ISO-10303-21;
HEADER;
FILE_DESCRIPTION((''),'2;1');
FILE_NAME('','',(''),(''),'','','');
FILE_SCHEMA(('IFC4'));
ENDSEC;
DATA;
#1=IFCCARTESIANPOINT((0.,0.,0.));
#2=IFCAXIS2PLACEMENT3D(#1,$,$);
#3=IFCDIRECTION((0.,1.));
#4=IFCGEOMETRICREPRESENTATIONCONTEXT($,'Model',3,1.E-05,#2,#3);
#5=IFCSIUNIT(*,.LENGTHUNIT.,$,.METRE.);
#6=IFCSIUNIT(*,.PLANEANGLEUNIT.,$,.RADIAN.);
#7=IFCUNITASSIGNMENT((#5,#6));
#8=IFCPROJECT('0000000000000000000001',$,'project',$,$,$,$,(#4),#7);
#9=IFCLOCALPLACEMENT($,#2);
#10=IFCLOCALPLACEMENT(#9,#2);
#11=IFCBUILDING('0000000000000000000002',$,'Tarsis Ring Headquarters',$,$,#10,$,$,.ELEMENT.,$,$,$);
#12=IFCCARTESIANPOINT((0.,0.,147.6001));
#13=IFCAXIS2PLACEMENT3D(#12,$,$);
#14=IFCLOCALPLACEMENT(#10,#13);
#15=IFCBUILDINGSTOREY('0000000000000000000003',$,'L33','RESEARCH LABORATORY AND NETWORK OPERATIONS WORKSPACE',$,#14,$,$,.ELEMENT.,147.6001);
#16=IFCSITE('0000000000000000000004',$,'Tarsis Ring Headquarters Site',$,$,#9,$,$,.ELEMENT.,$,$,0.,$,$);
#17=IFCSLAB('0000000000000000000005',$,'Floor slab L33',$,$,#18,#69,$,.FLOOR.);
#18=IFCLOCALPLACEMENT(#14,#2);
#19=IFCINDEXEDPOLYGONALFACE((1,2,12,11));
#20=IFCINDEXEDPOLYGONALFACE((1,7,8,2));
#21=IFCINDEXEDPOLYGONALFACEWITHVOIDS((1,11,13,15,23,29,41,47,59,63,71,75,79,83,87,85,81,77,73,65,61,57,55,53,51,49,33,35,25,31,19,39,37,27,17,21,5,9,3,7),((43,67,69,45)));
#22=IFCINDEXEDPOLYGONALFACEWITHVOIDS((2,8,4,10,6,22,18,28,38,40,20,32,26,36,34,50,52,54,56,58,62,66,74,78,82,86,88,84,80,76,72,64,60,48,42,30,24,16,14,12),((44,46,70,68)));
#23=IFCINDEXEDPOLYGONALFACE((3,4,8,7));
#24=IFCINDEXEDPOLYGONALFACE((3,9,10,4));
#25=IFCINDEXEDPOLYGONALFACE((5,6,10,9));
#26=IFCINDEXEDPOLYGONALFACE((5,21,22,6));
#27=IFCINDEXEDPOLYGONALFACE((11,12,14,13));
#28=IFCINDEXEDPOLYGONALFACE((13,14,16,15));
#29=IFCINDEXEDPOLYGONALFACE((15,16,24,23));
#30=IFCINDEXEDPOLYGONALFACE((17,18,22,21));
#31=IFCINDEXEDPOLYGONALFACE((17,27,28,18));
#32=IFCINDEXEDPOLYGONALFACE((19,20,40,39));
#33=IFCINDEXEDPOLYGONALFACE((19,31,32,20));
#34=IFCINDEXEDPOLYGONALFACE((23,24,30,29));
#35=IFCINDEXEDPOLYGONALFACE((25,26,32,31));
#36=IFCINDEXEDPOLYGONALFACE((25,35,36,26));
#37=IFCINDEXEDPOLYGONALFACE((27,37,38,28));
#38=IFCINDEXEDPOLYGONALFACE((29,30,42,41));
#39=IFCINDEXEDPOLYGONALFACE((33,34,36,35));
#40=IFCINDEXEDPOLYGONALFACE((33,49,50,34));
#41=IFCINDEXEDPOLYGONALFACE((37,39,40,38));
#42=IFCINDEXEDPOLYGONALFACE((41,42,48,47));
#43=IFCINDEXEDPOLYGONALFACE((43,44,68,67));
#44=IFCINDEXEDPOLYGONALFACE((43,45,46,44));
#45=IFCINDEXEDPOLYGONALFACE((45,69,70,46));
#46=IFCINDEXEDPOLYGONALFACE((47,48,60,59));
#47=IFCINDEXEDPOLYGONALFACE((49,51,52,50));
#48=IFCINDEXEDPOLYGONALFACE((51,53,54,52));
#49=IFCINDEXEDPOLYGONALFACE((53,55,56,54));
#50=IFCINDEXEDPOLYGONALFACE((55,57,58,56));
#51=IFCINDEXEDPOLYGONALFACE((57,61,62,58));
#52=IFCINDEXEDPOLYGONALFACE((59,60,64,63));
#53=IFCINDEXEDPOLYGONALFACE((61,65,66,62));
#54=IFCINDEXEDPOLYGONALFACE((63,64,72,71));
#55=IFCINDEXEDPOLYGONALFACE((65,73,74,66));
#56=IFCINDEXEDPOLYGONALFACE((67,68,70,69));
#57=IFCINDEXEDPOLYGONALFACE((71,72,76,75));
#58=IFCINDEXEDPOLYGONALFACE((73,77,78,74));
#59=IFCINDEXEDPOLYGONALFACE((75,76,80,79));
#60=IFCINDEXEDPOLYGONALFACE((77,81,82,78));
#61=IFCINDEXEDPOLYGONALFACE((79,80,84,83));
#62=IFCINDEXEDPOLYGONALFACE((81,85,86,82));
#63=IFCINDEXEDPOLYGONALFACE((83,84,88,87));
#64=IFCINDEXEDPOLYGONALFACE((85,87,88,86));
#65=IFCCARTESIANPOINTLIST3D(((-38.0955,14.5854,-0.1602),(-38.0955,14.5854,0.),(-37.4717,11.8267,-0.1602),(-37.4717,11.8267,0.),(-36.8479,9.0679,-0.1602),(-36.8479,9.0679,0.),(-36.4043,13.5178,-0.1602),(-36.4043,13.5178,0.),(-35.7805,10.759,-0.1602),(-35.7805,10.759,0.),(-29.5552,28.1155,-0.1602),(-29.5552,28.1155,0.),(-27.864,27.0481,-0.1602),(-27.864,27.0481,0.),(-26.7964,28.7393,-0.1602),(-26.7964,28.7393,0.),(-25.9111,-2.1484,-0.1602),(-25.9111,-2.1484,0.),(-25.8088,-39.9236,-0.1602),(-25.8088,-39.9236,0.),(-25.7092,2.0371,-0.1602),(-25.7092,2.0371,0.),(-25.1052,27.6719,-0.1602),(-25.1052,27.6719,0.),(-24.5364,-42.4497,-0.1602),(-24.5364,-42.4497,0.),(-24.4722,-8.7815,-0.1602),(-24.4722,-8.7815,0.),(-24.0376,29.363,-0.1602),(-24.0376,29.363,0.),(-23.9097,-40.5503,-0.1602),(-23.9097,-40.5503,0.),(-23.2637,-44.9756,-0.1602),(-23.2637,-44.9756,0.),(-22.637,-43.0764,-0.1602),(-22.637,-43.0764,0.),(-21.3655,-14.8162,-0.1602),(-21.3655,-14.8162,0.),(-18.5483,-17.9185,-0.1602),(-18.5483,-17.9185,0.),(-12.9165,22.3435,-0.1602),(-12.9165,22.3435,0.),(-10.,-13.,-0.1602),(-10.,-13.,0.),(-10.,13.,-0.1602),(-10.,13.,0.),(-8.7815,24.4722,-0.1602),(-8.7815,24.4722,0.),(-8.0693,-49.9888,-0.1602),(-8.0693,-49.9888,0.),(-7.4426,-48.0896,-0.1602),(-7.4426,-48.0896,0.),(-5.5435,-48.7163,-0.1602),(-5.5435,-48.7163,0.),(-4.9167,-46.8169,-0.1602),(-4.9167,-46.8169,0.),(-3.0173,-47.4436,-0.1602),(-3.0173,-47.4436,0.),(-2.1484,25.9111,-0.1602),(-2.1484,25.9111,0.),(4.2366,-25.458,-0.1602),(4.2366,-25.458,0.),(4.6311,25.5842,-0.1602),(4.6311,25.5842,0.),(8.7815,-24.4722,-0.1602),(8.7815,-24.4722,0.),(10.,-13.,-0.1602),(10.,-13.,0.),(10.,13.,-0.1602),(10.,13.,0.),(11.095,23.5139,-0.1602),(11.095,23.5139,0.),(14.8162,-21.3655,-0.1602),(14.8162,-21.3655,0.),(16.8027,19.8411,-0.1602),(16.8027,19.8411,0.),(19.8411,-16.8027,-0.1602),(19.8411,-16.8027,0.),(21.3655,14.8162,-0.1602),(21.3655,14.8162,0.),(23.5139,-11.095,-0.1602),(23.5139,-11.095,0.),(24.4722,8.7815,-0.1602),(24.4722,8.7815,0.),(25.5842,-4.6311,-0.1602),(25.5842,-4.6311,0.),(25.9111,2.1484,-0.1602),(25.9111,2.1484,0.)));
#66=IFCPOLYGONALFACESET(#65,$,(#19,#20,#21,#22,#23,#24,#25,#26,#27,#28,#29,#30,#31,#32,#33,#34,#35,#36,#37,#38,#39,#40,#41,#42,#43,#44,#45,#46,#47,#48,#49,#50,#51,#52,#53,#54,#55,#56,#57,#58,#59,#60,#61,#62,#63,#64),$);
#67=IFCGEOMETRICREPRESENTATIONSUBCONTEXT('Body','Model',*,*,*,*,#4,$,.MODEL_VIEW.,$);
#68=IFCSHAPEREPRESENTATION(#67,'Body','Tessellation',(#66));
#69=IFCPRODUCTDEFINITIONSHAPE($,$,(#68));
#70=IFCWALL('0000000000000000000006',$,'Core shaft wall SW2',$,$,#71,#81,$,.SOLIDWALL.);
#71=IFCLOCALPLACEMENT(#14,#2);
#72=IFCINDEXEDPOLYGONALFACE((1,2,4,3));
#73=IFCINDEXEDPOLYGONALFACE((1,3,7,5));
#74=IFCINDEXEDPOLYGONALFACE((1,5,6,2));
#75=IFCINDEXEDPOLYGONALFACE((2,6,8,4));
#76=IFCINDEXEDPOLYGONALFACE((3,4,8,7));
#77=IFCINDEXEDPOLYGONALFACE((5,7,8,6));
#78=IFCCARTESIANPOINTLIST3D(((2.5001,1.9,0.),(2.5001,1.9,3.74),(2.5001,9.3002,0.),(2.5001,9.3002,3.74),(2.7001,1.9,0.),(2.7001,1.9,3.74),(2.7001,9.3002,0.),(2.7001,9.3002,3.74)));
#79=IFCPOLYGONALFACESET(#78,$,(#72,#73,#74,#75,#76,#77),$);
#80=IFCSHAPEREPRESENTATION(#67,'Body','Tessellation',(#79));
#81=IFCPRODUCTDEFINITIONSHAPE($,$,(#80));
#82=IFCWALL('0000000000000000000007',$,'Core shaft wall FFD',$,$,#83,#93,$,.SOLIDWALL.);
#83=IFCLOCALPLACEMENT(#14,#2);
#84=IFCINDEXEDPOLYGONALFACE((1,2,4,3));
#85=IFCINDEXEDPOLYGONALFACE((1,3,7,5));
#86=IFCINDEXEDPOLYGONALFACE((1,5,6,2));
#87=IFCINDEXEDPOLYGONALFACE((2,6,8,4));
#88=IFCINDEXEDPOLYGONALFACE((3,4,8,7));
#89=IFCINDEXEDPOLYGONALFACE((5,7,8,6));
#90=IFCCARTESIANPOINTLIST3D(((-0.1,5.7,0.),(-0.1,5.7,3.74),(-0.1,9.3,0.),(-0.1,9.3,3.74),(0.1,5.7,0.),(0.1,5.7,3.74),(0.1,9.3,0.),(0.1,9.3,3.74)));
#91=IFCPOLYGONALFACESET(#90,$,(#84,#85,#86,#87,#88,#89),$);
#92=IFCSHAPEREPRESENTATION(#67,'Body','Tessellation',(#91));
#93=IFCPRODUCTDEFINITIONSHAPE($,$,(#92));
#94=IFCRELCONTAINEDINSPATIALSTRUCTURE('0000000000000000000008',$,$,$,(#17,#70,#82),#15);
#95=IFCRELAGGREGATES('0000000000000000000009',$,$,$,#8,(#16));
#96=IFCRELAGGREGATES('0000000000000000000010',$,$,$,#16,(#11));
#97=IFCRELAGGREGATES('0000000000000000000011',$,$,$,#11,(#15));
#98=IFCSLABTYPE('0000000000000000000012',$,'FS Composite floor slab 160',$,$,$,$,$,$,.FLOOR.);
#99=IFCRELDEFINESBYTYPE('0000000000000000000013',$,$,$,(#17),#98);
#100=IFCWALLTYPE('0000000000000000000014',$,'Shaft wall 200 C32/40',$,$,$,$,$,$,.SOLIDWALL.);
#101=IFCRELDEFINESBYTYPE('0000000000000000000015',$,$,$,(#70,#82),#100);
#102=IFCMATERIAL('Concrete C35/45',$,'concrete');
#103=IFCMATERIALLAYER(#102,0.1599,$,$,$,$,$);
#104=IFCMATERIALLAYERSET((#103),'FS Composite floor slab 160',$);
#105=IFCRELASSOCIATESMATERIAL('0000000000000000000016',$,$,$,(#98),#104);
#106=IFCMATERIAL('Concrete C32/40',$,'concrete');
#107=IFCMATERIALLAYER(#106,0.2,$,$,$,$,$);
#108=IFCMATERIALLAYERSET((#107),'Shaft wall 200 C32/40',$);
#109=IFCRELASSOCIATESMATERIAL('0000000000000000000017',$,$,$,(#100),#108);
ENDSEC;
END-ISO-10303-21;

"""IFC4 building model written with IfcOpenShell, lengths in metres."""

from ifc_helpers import new_model, si_unit, direction, frame, frame_2d, origin, place, context, subcontext, project, spatial, polyline, rectangle, outline, extrude, material, layer, layer_set, type_object, element, save


model = new_model("IFC4")

# Units and contexts
model_context = context("Model", 3, precision=1e-05, world=origin(), true_north=direction((0.0, 1.0)))
body_context = subcontext(model_context, "Body", "Model", "MODEL_VIEW")
ifc_project = project(units=[si_unit("LENGTHUNIT", "METRE"), si_unit("PLANEANGLEUNIT", "RADIAN")], contexts=[model_context])

# Site, building, storey
site_placement = place(None, origin())
site = spatial("IfcSite", under=ifc_project, at=site_placement, Name="Tarsis Ring Headquarters Site", CompositionType="ELEMENT", RefElevation=0.0)
building_placement = place(site_placement, origin())
building = spatial("IfcBuilding", under=site, at=building_placement, Name="Tarsis Ring Headquarters", CompositionType="ELEMENT")
storey_placement = place(building_placement, frame((0.0, 0.0, 147.6001)))
storey = spatial("IfcBuildingStorey", under=building, at=storey_placement, Name="L33", Description="RESEARCH LABORATORY AND NETWORK OPERATIONS WORKSPACE", CompositionType="ELEMENT", Elevation=147.6001)

# Slab
ifc_material_1 = material(Name="Concrete C35/45", Category="concrete")
ifc_layer_1 = layer(ifc_material_1, 0.1599)
ifc_layer_set_1 = layer_set([ifc_layer_1], Name="FS Composite floor slab 160")
slab_type_1 = type_object("IfcSlabType", Name="FS Composite floor slab 160", PredefinedType="FLOOR", material=ifc_layer_set_1)
slab_1_placement = place(storey_placement, frame((0.0, 0.0, -0.1602)))
element("IfcSlab", 1, at=slab_1_placement, inside=storey, type_object=slab_type_1, Name="Floor slab L33", PredefinedType="FLOOR", context=body_context, shape_type="SweptSolid", body=[
    extrude(outline(polyline([(-25.7092, 2.0371), (-25.9111, -2.1484), (-24.4722, -8.7815), (-21.3655, -14.8162), (-18.5483, -17.9185), (-25.8088, -39.9236), (-23.9097, -40.5503), (-24.5364, -42.4497), (-22.637, -43.0764), (-23.2637, -44.9756), (-8.0693, -49.9888), (-7.4426, -48.0896), (-5.5435, -48.7163), (-4.9167, -46.8169), (-3.0173, -47.4436), (4.2366, -25.458), (8.7815, -24.4722), (14.8162, -21.3655), (19.8411, -16.8027), (23.5139, -11.095), (25.5842, -4.6311), (25.9111, 2.1484), (24.4722, 8.7815), (21.3655, 14.8162), (16.8027, 19.8411), (11.095, 23.5139), (4.6311, 25.5842), (-2.1484, 25.9111), (-8.7815, 24.4722), (-12.9165, 22.3435), (-24.0376, 29.363), (-25.1052, 27.6719), (-26.7964, 28.7393), (-27.864, 27.0481), (-29.5552, 28.1155), (-38.0955, 14.5854), (-36.4043, 13.5178), (-37.4717, 11.8267), (-35.7805, 10.759), (-36.8479, 9.0679), (-25.7092, 2.0371)]), holes=[polyline([(-10.0, -13.0), (-10.0, 13.0), (10.0, 13.0), (10.0, -13.0), (-10.0, -13.0)])]), origin(), (0.0, 0.0, 1.0), 0.1602),
])

# Walls
ifc_material_2 = material(Name="Concrete C32/40", Category="concrete")
ifc_layer_2 = layer(ifc_material_2, 0.2)
ifc_layer_set_2 = layer_set([ifc_layer_2], Name="Shaft wall 200 C32/40")
wall_type = type_object("IfcWallType", Name="Shaft wall 200 C32/40", PredefinedType="SOLIDWALL", material=ifc_layer_set_2)
wall_1_placement = place(storey_placement, frame((2.6001, 1.8999, 0.0), z_axis=(0.0, 0.0, 1.0), x_axis=(0.0, 1.0, 0.0)))
element("IfcWall", 2, at=wall_1_placement, inside=storey, type_object=wall_type, Name="Core shaft wall SW2", PredefinedType="SOLIDWALL", context=body_context, shape_type="SweptSolid", body=[
    extrude(rectangle(XDim=7.4001, YDim=0.2, at=frame_2d((3.7002, 0.0))), origin(), (0.0, 0.0, 1.0), 3.74),
])
wall_2_placement = place(storey_placement, frame((0.0, 5.7, 0.0), z_axis=(0.0, 0.0, 1.0), x_axis=(0.0, 1.0, 0.0)))
element("IfcWall", 3, at=wall_2_placement, inside=storey, type_object=wall_type, Name="Core shaft wall FFD", PredefinedType="SOLIDWALL", context=body_context, shape_type="SweptSolid", body=[
    extrude(rectangle(XDim=3.6001, YDim=0.2, at=frame_2d((1.8, 0.0))), origin(), (0.0, 0.0, 1.0), 3.74),
])

save(model, "model.ifc")
